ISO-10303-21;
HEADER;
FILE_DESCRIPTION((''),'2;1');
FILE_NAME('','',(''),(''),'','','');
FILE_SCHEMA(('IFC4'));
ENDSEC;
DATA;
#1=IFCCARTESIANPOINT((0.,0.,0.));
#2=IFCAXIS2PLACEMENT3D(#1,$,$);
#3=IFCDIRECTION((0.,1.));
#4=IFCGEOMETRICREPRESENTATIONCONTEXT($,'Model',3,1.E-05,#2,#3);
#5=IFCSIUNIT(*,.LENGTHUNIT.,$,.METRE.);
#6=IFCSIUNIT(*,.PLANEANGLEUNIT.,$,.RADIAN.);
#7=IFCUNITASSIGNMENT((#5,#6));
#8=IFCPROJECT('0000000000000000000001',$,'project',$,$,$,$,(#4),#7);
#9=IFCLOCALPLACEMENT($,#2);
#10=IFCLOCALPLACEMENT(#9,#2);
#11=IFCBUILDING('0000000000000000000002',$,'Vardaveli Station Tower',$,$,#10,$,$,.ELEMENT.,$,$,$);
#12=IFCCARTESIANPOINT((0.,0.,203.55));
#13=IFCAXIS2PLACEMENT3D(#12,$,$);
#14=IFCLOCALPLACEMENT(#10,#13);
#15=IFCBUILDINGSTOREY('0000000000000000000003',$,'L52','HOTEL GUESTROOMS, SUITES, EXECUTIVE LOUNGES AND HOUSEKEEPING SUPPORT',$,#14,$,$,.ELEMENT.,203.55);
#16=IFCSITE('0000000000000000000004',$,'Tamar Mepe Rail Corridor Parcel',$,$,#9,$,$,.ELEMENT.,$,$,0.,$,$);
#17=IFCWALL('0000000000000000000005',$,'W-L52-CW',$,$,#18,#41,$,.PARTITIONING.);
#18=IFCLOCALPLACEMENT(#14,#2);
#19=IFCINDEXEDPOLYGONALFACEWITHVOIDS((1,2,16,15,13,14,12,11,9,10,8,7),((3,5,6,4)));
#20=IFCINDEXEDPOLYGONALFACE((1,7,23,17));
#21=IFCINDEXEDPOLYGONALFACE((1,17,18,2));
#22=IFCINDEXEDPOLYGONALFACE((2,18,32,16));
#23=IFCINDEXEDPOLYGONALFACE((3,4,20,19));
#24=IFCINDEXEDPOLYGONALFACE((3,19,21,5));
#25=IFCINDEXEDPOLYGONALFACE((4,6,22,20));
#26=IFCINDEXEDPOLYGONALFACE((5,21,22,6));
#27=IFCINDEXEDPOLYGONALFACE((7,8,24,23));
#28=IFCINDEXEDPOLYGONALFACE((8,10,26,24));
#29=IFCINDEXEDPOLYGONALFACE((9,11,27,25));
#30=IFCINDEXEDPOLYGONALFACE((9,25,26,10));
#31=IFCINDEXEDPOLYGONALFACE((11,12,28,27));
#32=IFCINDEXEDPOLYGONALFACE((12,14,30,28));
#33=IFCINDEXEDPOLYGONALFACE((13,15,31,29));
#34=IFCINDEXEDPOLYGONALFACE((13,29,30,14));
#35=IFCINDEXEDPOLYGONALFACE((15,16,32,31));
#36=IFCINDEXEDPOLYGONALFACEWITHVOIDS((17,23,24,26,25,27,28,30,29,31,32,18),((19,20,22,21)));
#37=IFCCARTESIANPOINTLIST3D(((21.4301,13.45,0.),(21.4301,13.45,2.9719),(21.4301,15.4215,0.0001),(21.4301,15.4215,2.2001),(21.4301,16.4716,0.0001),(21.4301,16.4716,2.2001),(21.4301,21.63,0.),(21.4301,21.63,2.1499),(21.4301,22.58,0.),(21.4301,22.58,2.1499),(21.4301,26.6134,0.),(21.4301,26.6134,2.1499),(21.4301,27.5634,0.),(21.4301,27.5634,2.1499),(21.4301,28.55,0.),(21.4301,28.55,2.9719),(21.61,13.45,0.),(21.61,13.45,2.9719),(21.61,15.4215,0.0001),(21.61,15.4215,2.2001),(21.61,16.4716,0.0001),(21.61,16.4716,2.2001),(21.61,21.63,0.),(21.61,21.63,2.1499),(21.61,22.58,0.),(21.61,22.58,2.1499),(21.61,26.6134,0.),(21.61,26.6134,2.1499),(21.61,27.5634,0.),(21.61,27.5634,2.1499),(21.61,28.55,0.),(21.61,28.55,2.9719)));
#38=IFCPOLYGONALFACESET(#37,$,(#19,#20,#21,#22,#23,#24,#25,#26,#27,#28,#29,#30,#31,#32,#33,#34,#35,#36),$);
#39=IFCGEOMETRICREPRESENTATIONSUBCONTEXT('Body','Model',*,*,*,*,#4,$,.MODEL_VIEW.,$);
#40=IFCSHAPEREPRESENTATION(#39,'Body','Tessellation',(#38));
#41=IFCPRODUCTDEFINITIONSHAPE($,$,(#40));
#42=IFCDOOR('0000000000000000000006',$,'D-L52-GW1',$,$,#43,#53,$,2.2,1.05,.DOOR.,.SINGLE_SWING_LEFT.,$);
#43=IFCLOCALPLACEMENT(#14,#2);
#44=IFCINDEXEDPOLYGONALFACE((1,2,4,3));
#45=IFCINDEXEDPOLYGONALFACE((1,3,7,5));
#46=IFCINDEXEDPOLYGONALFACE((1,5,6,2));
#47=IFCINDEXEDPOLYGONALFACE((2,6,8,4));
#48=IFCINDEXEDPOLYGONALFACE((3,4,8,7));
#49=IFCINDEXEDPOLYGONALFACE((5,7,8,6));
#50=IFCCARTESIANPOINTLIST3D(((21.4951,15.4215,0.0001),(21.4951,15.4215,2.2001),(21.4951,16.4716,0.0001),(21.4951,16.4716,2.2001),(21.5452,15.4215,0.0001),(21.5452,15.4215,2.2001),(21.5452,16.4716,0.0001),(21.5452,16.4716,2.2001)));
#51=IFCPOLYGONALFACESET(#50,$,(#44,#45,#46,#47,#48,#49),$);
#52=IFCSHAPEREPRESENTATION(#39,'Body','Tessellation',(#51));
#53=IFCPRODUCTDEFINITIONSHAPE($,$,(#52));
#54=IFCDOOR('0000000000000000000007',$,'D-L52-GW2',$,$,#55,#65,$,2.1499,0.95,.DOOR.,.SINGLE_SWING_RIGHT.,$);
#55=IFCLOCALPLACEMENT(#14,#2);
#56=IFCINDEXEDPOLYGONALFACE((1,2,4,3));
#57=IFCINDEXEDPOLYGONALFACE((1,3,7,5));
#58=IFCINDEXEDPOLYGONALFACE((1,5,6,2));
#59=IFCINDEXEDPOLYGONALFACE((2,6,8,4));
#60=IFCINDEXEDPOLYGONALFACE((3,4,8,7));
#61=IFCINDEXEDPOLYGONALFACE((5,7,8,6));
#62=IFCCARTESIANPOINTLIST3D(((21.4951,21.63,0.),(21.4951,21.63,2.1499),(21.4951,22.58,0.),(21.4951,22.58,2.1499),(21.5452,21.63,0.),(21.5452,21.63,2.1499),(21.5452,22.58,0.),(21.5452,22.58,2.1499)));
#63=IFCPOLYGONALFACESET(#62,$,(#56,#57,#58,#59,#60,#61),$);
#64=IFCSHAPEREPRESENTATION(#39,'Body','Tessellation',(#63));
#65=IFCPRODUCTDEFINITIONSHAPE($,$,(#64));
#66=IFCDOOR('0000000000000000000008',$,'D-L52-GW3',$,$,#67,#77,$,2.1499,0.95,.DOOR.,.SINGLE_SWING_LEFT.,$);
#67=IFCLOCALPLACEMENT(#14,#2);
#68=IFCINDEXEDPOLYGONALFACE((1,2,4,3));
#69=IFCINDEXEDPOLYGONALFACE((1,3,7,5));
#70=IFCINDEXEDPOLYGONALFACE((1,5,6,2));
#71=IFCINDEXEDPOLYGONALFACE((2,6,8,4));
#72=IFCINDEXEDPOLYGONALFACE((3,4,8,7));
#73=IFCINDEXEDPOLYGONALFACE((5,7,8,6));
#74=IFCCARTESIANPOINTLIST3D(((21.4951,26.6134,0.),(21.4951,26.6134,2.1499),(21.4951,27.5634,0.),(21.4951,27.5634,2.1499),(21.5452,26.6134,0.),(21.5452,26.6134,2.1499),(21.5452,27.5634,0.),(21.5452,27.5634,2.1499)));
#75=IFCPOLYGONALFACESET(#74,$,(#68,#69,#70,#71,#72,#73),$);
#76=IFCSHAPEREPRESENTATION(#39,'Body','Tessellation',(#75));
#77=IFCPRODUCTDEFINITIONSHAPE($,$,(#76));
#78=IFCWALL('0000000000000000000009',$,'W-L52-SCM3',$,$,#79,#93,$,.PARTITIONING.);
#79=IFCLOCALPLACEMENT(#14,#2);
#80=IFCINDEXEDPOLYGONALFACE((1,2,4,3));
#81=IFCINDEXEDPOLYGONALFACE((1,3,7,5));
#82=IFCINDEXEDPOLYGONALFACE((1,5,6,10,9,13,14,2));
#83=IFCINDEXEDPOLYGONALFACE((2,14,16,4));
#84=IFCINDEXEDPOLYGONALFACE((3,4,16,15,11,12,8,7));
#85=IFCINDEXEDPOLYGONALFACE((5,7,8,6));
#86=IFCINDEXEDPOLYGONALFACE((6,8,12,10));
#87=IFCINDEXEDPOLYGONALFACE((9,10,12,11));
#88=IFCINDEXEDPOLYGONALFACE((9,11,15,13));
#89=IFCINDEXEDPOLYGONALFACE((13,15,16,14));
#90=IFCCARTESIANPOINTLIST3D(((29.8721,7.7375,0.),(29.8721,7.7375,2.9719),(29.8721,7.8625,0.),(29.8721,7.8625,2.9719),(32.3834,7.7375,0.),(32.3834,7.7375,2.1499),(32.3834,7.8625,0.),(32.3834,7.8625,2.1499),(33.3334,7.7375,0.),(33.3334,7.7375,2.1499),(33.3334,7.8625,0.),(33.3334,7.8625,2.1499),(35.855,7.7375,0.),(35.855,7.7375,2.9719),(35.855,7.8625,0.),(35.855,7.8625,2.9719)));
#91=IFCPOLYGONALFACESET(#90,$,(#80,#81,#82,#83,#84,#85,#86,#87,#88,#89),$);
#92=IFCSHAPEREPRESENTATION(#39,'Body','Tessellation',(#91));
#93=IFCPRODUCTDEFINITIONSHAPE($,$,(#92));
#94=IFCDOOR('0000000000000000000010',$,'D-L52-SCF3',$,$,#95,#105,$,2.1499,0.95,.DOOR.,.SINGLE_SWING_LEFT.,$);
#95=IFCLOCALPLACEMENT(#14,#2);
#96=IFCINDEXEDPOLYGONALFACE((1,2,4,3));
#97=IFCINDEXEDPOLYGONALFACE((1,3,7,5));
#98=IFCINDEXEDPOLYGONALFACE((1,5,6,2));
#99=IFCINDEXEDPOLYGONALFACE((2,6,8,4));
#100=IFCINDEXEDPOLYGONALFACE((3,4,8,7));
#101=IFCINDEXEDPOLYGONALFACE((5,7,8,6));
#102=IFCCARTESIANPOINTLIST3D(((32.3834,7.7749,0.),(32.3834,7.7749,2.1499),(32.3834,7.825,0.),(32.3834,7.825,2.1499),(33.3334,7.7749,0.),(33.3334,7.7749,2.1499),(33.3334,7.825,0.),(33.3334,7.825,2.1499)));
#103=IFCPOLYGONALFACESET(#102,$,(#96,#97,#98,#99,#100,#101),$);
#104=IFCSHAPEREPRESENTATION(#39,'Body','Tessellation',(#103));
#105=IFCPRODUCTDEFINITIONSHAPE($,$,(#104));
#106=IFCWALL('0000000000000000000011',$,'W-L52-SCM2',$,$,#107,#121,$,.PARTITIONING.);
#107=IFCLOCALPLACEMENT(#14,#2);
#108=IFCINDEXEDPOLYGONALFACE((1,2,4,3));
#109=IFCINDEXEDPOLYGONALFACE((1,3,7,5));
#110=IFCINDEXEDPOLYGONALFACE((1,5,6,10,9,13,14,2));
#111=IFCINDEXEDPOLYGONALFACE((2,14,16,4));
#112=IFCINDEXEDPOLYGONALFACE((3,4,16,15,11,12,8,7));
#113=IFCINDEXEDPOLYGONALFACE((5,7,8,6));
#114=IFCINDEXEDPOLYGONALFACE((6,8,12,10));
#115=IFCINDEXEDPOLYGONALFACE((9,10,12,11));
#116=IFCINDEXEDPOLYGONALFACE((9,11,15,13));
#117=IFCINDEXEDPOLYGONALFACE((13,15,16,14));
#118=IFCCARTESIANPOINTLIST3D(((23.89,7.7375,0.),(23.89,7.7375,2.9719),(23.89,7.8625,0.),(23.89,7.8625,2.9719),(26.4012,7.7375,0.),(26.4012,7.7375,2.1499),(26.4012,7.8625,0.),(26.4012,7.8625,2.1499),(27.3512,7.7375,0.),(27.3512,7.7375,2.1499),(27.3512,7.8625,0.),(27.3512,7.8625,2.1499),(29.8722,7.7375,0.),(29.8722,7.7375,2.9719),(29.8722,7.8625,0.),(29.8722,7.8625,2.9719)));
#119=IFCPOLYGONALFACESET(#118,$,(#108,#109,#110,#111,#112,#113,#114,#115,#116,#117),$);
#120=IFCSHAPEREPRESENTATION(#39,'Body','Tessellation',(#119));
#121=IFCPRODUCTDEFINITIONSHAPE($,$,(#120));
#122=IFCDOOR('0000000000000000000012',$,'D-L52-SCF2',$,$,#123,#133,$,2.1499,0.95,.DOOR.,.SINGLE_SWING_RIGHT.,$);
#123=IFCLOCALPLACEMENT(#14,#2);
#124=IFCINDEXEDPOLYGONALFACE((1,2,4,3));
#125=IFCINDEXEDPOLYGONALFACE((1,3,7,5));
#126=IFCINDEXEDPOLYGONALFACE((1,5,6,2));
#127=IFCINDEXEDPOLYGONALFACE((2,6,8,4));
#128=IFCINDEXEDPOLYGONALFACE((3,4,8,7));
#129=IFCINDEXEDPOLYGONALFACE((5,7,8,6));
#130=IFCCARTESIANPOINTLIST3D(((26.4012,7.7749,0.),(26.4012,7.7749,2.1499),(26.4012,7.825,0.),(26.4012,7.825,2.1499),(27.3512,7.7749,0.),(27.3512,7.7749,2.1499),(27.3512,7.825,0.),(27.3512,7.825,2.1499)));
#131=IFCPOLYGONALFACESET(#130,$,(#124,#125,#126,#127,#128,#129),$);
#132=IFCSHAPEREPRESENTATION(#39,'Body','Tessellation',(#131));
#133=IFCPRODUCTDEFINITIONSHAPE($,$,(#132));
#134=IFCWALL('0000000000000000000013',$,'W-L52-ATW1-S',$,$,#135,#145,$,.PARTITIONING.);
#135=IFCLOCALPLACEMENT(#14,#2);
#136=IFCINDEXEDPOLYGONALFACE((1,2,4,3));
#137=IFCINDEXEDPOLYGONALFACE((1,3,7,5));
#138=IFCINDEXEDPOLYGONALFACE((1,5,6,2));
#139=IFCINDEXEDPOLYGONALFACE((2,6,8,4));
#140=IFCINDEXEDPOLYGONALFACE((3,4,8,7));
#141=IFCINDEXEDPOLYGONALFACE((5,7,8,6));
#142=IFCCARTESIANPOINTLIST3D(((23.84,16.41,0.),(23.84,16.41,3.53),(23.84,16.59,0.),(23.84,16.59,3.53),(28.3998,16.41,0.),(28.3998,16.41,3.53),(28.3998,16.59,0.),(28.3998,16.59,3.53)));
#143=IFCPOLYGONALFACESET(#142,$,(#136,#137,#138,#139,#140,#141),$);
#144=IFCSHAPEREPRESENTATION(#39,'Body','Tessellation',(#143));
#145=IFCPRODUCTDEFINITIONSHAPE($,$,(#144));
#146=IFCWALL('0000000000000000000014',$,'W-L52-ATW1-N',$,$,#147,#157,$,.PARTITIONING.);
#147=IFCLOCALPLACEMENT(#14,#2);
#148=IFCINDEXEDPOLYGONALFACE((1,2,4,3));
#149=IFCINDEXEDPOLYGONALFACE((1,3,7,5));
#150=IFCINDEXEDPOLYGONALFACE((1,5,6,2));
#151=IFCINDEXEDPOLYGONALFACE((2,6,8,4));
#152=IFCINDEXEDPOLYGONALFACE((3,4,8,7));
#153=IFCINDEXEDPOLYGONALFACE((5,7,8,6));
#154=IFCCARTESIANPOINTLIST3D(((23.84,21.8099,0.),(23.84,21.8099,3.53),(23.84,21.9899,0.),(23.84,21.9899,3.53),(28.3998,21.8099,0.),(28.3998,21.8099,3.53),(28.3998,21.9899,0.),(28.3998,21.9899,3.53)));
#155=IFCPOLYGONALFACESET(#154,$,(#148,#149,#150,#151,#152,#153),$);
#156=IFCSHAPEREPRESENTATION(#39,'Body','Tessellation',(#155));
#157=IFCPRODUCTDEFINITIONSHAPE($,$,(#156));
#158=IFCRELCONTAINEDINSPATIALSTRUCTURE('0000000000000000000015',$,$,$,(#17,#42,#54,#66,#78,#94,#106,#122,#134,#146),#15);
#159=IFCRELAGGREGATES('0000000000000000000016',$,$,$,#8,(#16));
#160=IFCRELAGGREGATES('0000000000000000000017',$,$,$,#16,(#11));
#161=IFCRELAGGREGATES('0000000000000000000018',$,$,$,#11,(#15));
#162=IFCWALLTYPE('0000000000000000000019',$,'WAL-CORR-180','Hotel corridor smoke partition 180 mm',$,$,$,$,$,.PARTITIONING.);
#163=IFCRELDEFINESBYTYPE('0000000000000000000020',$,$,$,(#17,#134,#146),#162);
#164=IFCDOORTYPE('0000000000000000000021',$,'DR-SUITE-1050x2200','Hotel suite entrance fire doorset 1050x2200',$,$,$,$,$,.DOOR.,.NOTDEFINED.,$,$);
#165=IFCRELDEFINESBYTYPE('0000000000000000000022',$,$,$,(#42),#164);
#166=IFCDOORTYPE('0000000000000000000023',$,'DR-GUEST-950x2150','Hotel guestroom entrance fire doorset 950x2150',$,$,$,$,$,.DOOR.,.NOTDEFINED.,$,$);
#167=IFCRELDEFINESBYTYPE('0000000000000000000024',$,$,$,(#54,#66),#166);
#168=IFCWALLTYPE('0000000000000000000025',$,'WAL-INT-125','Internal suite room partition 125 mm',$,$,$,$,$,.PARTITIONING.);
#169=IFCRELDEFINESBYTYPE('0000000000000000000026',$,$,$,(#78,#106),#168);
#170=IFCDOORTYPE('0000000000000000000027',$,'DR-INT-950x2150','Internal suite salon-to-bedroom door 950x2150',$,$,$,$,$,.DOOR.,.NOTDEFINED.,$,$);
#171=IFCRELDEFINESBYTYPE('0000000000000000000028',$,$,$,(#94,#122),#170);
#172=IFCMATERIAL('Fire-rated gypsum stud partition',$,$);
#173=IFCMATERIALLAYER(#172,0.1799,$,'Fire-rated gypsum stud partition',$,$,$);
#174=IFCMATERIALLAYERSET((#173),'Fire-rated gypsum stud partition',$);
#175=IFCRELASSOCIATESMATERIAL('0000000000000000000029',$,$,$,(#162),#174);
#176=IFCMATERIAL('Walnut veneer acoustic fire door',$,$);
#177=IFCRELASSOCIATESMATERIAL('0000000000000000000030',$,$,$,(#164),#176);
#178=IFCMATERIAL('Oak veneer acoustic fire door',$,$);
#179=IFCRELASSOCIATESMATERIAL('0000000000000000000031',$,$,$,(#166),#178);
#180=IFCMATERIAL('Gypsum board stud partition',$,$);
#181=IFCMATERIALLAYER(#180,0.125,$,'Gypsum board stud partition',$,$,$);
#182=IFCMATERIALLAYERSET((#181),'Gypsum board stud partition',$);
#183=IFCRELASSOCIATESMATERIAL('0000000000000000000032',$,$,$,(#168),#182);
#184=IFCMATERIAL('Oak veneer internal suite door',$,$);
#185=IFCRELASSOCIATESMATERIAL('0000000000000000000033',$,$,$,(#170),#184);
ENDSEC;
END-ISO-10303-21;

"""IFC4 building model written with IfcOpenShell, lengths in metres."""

from ifc_helpers import new_model, si_unit, direction, frame, frame_2d, origin, place, context, subcontext, project, spatial, rectangle, extrude, source, transform, mapped, material, layer, layer_set, type_object, element, fill, save


model = new_model("IFC4")

# Units and contexts
model_context = context("Model", 3, precision=1e-05, world=origin(), true_north=direction((0.0, 1.0)))
body_context = subcontext(model_context, "Body", "Model", "MODEL_VIEW")
ifc_project = project(units=[si_unit("LENGTHUNIT", "METRE"), si_unit("PLANEANGLEUNIT", "RADIAN")], contexts=[model_context])

# Site, building, storey
site_placement = place(None, origin())
site = spatial("IfcSite", under=ifc_project, at=site_placement, Name="Tamar Mepe Rail Corridor Parcel", CompositionType="ELEMENT", RefElevation=0.0)
building_placement = place(site_placement, origin())
building = spatial("IfcBuilding", under=site, at=building_placement, Name="Vardaveli Station Tower", CompositionType="ELEMENT")
storey_placement = place(building_placement, frame((0.0, 0.0, 203.55)))
storey = spatial("IfcBuildingStorey", under=building, at=storey_placement, Name="L52", Description="HOTEL GUESTROOMS, SUITES, EXECUTIVE LOUNGES AND HOUSEKEEPING SUPPORT", CompositionType="ELEMENT", Elevation=203.55)

# Shared definitions
ifc_material_1 = material(Name="Fire-rated gypsum stud partition")
ifc_layer_1 = layer(ifc_material_1, 0.1799, Name="Fire-rated gypsum stud partition")
ifc_layer_set_1 = layer_set([ifc_layer_1], Name="Fire-rated gypsum stud partition")
wall_type_1 = type_object("IfcWallType", Name="WAL-CORR-180", Description="Hotel corridor smoke partition 180 mm", PredefinedType="PARTITIONING", material=ifc_layer_set_1)
shared_shape_1 = source(origin(), body_context, "Body", "SweptSolid", [
    extrude(rectangle(XDim=1.05, YDim=2.2, at=frame_2d((0.5249, 1.1001))), frame((0.0, 0.1001, 0.0), z_axis=(0.0, -1.0, 0.0), x_axis=(1.0, 0.0, 0.0)), (0.0, 0.0, 1.0), 0.2),
])
ifc_material_2 = material(Name="Walnut veneer acoustic fire door")
door_type_1 = type_object("IfcDoorType", Name="DR-SUITE-1050x2200", Description="Hotel suite entrance fire doorset 1050x2200", OperationType="NOTDEFINED", PredefinedType="DOOR", material=ifc_material_2)
shared_shape_2 = source(origin(), body_context, "Body", "SweptSolid", [
    extrude(rectangle(XDim=1.05, YDim=2.2, at=frame_2d((0.5249, 1.1001))), frame((0.0, 0.0249, 0.0), z_axis=(0.0, -1.0, 0.0), x_axis=(1.0, 0.0, 0.0)), (0.0, 0.0, 1.0), 0.05),
])

# Wall, openings, doors
shared_shape_3 = source(origin(), body_context, "Body", "SweptSolid", [
    extrude(rectangle(XDim=15.1001, YDim=0.1799, at=frame_2d((7.55, 0.0))), origin(), (0.0, 0.0, 1.0), 2.9719),
])
wall_1_placement = place(storey_placement, frame((21.52, 13.45, 0.0), z_axis=(0.0, 0.0, 1.0), x_axis=(0.0, 1.0, 0.0)))
wall_1 = element("IfcWall", 1, at=wall_1_placement, inside=storey, type_object=wall_type_1, Name="W-L52-CW", PredefinedType="PARTITIONING", context=body_context, shape_type="MappedRepresentation", body=[
    mapped(shared_shape_3, transform((0.0, 0.0, 0.0), scale=1.0)),
])
opening_1_placement = place(wall_1_placement, frame((1.9717, 0.0, 0.0)))
opening_1 = element("IfcOpeningElement", 2, at=opening_1_placement, cuts=wall_1, PredefinedType="OPENING", context=body_context, shape_type="MappedRepresentation", body=[
    mapped(shared_shape_1, transform((0.0, 0.0, 0.0), scale=1.0)),
])
shared_shape_4 = source(origin(), body_context, "Body", "SweptSolid", [
    extrude(rectangle(XDim=0.95, YDim=2.1499, at=frame_2d((0.4751, 1.075))), frame((0.0, 0.1001, 0.0), z_axis=(0.0, -1.0, 0.0), x_axis=(1.0, 0.0, 0.0)), (0.0, 0.0, 1.0), 0.2),
])
opening_2_placement = place(wall_1_placement, frame((8.1799, 0.0, 0.0)))
opening_2 = element("IfcOpeningElement", 3, at=opening_2_placement, cuts=wall_1, PredefinedType="OPENING", context=body_context, shape_type="MappedRepresentation", body=[
    mapped(shared_shape_4, transform((0.0, 0.0, 0.0), scale=1.0)),
])
opening_3_placement = place(wall_1_placement, frame((13.1633, 0.0, 0.0)))
opening_3 = element("IfcOpeningElement", 4, at=opening_3_placement, cuts=wall_1, PredefinedType="OPENING", context=body_context, shape_type="MappedRepresentation", body=[
    mapped(shared_shape_4, transform((0.0, 0.0, 0.0), scale=1.0)),
])
door_1_placement = place(opening_1_placement, origin())
door_1 = element("IfcDoor", 5, at=door_1_placement, inside=storey, type_object=door_type_1, Name="D-L52-GW1", OperationType="SINGLE_SWING_LEFT", OverallHeight=2.2, OverallWidth=1.05, PredefinedType="DOOR", context=body_context, shape_type="MappedRepresentation", body=[
    mapped(shared_shape_2, transform((0.0, 0.0, 0.0), scale=1.0)),
])
fill(opening_1, door_1)
ifc_material_3 = material(Name="Oak veneer acoustic fire door")
door_type_2 = type_object("IfcDoorType", Name="DR-GUEST-950x2150", Description="Hotel guestroom entrance fire doorset 950x2150", OperationType="NOTDEFINED", PredefinedType="DOOR", material=ifc_material_3)
shared_shape_5 = source(origin(), body_context, "Body", "SweptSolid", [
    extrude(rectangle(XDim=0.95, YDim=2.1499, at=frame_2d((0.4751, 1.075))), frame((0.0, 0.0249, 0.0), z_axis=(0.0, -1.0, 0.0), x_axis=(1.0, 0.0, 0.0)), (0.0, 0.0, 1.0), 0.05),
])
door_2_placement = place(opening_2_placement, origin())
door_2 = element("IfcDoor", 6, at=door_2_placement, inside=storey, type_object=door_type_2, Name="D-L52-GW2", OperationType="SINGLE_SWING_RIGHT", OverallHeight=2.1499, OverallWidth=0.95, PredefinedType="DOOR", context=body_context, shape_type="MappedRepresentation", body=[
    mapped(shared_shape_5, transform((0.0, 0.0, 0.0), scale=1.0)),
])
fill(opening_2, door_2)
door_3_placement = place(opening_3_placement, origin())
door_3 = element("IfcDoor", 7, at=door_3_placement, inside=storey, type_object=door_type_2, Name="D-L52-GW3", OperationType="SINGLE_SWING_LEFT", OverallHeight=2.1499, OverallWidth=0.95, PredefinedType="DOOR", context=body_context, shape_type="MappedRepresentation", body=[
    mapped(shared_shape_5, transform((0.0, 0.0, 0.0), scale=1.0)),
])
fill(opening_3, door_3)

# Walls, openings, doors
ifc_material_4 = material(Name="Gypsum board stud partition")
ifc_layer_2 = layer(ifc_material_4, 0.125, Name="Gypsum board stud partition")
ifc_layer_set_2 = layer_set([ifc_layer_2], Name="Gypsum board stud partition")
wall_type_2 = type_object("IfcWallType", Name="WAL-INT-125", Description="Internal suite room partition 125 mm", PredefinedType="PARTITIONING", material=ifc_layer_set_2)
shared_shape_6 = source(origin(), body_context, "Body", "SweptSolid", [
    extrude(rectangle(XDim=5.9829, YDim=0.125, at=frame_2d((2.9915, 0.0))), origin(), (0.0, 0.0, 1.0), 2.9719),
])
wall_2_placement = place(storey_placement, frame((29.8721, 7.8, 0.0), z_axis=(0.0, 0.0, 1.0), x_axis=(1.0, 0.0, 0.0)))
wall_2 = element("IfcWall", 8, at=wall_2_placement, inside=storey, type_object=wall_type_2, Name="W-L52-SCM3", PredefinedType="PARTITIONING", context=body_context, shape_type="MappedRepresentation", body=[
    mapped(shared_shape_6, transform((0.0, 0.0, 0.0), scale=1.0)),
])
shared_shape_7 = source(origin(), body_context, "Body", "SweptSolid", [
    extrude(rectangle(XDim=0.95, YDim=2.1499, at=frame_2d((0.4751, 1.075))), frame((0.0, 0.0725, 0.0), z_axis=(0.0, -1.0, 0.0), x_axis=(1.0, 0.0, 0.0)), (0.0, 0.0, 1.0), 0.145),
])
opening_4_placement = place(wall_2_placement, frame((2.5112, 0.0, 0.0)))
opening_4 = element("IfcOpeningElement", 9, at=opening_4_placement, cuts=wall_2, PredefinedType="OPENING", context=body_context, shape_type="MappedRepresentation", body=[
    mapped(shared_shape_7, transform((0.0, 0.0, 0.0), scale=1.0)),
])
ifc_material_5 = material(Name="Oak veneer internal suite door")
door_type_3 = type_object("IfcDoorType", Name="DR-INT-950x2150", Description="Internal suite salon-to-bedroom door 950x2150", OperationType="NOTDEFINED", PredefinedType="DOOR", material=ifc_material_5)
door_4_placement = place(opening_4_placement, origin())
door_4 = element("IfcDoor", 10, at=door_4_placement, inside=storey, type_object=door_type_3, Name="D-L52-SCF3", OperationType="SINGLE_SWING_LEFT", OverallHeight=2.1499, OverallWidth=0.95, PredefinedType="DOOR", context=body_context, shape_type="MappedRepresentation", body=[
    mapped(shared_shape_5, transform((0.0, 0.0, 0.0), scale=1.0)),
])
fill(opening_4, door_4)
shared_shape_8 = source(origin(), body_context, "Body", "SweptSolid", [
    extrude(rectangle(XDim=5.9822, YDim=0.125, at=frame_2d((2.9912, 0.0))), origin(), (0.0, 0.0, 1.0), 2.9719),
])
wall_3_placement = place(storey_placement, frame((23.8899, 7.8, 0.0), z_axis=(0.0, 0.0, 1.0), x_axis=(1.0, 0.0, 0.0)))
wall_3 = element("IfcWall", 11, at=wall_3_placement, inside=storey, type_object=wall_type_2, Name="W-L52-SCM2", PredefinedType="PARTITIONING", context=body_context, shape_type="MappedRepresentation", body=[
    mapped(shared_shape_8, transform((0.0, 0.0, 0.0), scale=1.0)),
])
opening_5_placement = place(wall_3_placement, frame((2.5112, 0.0, 0.0)))
opening_5 = element("IfcOpeningElement", 12, at=opening_5_placement, cuts=wall_3, PredefinedType="OPENING", context=body_context, shape_type="MappedRepresentation", body=[
    mapped(shared_shape_7, transform((0.0, 0.0, 0.0), scale=1.0)),
])
door_5_placement = place(opening_5_placement, origin())
door_5 = element("IfcDoor", 13, at=door_5_placement, inside=storey, type_object=door_type_3, Name="D-L52-SCF2", OperationType="SINGLE_SWING_RIGHT", OverallHeight=2.1499, OverallWidth=0.95, PredefinedType="DOOR", context=body_context, shape_type="MappedRepresentation", body=[
    mapped(shared_shape_5, transform((0.0, 0.0, 0.0), scale=1.0)),
])
fill(opening_5, door_5)

# Walls
shared_shape_9 = source(origin(), body_context, "Body", "SweptSolid", [
    extrude(rectangle(XDim=4.5598, YDim=0.1799, at=frame_2d((2.2798, 0.0))), origin(), (0.0, 0.0, 1.0), 3.53),
])
for number, where, z_axis, x_axis, name in (
    (14, (23.8401, 16.5, 0.0), (0.0, 0.0, 1.0), (1.0, 0.0, 0.0), "W-L52-ATW1-S"),
    (15, (23.8401, 21.8999, 0.0), (0.0, 0.0, 1.0), (1.0, 0.0, 0.0), "W-L52-ATW1-N"),
):
    element("IfcWall", number, at=place(storey_placement, frame(where, z_axis=z_axis, x_axis=x_axis)), inside=storey, type_object=wall_type_1, Name=name, PredefinedType="PARTITIONING", context=body_context, shape_type="MappedRepresentation", body=[
        mapped(shared_shape_9, transform((0.0, 0.0, 0.0), scale=1.0)),
    ])

save(model, "model.ifc")
